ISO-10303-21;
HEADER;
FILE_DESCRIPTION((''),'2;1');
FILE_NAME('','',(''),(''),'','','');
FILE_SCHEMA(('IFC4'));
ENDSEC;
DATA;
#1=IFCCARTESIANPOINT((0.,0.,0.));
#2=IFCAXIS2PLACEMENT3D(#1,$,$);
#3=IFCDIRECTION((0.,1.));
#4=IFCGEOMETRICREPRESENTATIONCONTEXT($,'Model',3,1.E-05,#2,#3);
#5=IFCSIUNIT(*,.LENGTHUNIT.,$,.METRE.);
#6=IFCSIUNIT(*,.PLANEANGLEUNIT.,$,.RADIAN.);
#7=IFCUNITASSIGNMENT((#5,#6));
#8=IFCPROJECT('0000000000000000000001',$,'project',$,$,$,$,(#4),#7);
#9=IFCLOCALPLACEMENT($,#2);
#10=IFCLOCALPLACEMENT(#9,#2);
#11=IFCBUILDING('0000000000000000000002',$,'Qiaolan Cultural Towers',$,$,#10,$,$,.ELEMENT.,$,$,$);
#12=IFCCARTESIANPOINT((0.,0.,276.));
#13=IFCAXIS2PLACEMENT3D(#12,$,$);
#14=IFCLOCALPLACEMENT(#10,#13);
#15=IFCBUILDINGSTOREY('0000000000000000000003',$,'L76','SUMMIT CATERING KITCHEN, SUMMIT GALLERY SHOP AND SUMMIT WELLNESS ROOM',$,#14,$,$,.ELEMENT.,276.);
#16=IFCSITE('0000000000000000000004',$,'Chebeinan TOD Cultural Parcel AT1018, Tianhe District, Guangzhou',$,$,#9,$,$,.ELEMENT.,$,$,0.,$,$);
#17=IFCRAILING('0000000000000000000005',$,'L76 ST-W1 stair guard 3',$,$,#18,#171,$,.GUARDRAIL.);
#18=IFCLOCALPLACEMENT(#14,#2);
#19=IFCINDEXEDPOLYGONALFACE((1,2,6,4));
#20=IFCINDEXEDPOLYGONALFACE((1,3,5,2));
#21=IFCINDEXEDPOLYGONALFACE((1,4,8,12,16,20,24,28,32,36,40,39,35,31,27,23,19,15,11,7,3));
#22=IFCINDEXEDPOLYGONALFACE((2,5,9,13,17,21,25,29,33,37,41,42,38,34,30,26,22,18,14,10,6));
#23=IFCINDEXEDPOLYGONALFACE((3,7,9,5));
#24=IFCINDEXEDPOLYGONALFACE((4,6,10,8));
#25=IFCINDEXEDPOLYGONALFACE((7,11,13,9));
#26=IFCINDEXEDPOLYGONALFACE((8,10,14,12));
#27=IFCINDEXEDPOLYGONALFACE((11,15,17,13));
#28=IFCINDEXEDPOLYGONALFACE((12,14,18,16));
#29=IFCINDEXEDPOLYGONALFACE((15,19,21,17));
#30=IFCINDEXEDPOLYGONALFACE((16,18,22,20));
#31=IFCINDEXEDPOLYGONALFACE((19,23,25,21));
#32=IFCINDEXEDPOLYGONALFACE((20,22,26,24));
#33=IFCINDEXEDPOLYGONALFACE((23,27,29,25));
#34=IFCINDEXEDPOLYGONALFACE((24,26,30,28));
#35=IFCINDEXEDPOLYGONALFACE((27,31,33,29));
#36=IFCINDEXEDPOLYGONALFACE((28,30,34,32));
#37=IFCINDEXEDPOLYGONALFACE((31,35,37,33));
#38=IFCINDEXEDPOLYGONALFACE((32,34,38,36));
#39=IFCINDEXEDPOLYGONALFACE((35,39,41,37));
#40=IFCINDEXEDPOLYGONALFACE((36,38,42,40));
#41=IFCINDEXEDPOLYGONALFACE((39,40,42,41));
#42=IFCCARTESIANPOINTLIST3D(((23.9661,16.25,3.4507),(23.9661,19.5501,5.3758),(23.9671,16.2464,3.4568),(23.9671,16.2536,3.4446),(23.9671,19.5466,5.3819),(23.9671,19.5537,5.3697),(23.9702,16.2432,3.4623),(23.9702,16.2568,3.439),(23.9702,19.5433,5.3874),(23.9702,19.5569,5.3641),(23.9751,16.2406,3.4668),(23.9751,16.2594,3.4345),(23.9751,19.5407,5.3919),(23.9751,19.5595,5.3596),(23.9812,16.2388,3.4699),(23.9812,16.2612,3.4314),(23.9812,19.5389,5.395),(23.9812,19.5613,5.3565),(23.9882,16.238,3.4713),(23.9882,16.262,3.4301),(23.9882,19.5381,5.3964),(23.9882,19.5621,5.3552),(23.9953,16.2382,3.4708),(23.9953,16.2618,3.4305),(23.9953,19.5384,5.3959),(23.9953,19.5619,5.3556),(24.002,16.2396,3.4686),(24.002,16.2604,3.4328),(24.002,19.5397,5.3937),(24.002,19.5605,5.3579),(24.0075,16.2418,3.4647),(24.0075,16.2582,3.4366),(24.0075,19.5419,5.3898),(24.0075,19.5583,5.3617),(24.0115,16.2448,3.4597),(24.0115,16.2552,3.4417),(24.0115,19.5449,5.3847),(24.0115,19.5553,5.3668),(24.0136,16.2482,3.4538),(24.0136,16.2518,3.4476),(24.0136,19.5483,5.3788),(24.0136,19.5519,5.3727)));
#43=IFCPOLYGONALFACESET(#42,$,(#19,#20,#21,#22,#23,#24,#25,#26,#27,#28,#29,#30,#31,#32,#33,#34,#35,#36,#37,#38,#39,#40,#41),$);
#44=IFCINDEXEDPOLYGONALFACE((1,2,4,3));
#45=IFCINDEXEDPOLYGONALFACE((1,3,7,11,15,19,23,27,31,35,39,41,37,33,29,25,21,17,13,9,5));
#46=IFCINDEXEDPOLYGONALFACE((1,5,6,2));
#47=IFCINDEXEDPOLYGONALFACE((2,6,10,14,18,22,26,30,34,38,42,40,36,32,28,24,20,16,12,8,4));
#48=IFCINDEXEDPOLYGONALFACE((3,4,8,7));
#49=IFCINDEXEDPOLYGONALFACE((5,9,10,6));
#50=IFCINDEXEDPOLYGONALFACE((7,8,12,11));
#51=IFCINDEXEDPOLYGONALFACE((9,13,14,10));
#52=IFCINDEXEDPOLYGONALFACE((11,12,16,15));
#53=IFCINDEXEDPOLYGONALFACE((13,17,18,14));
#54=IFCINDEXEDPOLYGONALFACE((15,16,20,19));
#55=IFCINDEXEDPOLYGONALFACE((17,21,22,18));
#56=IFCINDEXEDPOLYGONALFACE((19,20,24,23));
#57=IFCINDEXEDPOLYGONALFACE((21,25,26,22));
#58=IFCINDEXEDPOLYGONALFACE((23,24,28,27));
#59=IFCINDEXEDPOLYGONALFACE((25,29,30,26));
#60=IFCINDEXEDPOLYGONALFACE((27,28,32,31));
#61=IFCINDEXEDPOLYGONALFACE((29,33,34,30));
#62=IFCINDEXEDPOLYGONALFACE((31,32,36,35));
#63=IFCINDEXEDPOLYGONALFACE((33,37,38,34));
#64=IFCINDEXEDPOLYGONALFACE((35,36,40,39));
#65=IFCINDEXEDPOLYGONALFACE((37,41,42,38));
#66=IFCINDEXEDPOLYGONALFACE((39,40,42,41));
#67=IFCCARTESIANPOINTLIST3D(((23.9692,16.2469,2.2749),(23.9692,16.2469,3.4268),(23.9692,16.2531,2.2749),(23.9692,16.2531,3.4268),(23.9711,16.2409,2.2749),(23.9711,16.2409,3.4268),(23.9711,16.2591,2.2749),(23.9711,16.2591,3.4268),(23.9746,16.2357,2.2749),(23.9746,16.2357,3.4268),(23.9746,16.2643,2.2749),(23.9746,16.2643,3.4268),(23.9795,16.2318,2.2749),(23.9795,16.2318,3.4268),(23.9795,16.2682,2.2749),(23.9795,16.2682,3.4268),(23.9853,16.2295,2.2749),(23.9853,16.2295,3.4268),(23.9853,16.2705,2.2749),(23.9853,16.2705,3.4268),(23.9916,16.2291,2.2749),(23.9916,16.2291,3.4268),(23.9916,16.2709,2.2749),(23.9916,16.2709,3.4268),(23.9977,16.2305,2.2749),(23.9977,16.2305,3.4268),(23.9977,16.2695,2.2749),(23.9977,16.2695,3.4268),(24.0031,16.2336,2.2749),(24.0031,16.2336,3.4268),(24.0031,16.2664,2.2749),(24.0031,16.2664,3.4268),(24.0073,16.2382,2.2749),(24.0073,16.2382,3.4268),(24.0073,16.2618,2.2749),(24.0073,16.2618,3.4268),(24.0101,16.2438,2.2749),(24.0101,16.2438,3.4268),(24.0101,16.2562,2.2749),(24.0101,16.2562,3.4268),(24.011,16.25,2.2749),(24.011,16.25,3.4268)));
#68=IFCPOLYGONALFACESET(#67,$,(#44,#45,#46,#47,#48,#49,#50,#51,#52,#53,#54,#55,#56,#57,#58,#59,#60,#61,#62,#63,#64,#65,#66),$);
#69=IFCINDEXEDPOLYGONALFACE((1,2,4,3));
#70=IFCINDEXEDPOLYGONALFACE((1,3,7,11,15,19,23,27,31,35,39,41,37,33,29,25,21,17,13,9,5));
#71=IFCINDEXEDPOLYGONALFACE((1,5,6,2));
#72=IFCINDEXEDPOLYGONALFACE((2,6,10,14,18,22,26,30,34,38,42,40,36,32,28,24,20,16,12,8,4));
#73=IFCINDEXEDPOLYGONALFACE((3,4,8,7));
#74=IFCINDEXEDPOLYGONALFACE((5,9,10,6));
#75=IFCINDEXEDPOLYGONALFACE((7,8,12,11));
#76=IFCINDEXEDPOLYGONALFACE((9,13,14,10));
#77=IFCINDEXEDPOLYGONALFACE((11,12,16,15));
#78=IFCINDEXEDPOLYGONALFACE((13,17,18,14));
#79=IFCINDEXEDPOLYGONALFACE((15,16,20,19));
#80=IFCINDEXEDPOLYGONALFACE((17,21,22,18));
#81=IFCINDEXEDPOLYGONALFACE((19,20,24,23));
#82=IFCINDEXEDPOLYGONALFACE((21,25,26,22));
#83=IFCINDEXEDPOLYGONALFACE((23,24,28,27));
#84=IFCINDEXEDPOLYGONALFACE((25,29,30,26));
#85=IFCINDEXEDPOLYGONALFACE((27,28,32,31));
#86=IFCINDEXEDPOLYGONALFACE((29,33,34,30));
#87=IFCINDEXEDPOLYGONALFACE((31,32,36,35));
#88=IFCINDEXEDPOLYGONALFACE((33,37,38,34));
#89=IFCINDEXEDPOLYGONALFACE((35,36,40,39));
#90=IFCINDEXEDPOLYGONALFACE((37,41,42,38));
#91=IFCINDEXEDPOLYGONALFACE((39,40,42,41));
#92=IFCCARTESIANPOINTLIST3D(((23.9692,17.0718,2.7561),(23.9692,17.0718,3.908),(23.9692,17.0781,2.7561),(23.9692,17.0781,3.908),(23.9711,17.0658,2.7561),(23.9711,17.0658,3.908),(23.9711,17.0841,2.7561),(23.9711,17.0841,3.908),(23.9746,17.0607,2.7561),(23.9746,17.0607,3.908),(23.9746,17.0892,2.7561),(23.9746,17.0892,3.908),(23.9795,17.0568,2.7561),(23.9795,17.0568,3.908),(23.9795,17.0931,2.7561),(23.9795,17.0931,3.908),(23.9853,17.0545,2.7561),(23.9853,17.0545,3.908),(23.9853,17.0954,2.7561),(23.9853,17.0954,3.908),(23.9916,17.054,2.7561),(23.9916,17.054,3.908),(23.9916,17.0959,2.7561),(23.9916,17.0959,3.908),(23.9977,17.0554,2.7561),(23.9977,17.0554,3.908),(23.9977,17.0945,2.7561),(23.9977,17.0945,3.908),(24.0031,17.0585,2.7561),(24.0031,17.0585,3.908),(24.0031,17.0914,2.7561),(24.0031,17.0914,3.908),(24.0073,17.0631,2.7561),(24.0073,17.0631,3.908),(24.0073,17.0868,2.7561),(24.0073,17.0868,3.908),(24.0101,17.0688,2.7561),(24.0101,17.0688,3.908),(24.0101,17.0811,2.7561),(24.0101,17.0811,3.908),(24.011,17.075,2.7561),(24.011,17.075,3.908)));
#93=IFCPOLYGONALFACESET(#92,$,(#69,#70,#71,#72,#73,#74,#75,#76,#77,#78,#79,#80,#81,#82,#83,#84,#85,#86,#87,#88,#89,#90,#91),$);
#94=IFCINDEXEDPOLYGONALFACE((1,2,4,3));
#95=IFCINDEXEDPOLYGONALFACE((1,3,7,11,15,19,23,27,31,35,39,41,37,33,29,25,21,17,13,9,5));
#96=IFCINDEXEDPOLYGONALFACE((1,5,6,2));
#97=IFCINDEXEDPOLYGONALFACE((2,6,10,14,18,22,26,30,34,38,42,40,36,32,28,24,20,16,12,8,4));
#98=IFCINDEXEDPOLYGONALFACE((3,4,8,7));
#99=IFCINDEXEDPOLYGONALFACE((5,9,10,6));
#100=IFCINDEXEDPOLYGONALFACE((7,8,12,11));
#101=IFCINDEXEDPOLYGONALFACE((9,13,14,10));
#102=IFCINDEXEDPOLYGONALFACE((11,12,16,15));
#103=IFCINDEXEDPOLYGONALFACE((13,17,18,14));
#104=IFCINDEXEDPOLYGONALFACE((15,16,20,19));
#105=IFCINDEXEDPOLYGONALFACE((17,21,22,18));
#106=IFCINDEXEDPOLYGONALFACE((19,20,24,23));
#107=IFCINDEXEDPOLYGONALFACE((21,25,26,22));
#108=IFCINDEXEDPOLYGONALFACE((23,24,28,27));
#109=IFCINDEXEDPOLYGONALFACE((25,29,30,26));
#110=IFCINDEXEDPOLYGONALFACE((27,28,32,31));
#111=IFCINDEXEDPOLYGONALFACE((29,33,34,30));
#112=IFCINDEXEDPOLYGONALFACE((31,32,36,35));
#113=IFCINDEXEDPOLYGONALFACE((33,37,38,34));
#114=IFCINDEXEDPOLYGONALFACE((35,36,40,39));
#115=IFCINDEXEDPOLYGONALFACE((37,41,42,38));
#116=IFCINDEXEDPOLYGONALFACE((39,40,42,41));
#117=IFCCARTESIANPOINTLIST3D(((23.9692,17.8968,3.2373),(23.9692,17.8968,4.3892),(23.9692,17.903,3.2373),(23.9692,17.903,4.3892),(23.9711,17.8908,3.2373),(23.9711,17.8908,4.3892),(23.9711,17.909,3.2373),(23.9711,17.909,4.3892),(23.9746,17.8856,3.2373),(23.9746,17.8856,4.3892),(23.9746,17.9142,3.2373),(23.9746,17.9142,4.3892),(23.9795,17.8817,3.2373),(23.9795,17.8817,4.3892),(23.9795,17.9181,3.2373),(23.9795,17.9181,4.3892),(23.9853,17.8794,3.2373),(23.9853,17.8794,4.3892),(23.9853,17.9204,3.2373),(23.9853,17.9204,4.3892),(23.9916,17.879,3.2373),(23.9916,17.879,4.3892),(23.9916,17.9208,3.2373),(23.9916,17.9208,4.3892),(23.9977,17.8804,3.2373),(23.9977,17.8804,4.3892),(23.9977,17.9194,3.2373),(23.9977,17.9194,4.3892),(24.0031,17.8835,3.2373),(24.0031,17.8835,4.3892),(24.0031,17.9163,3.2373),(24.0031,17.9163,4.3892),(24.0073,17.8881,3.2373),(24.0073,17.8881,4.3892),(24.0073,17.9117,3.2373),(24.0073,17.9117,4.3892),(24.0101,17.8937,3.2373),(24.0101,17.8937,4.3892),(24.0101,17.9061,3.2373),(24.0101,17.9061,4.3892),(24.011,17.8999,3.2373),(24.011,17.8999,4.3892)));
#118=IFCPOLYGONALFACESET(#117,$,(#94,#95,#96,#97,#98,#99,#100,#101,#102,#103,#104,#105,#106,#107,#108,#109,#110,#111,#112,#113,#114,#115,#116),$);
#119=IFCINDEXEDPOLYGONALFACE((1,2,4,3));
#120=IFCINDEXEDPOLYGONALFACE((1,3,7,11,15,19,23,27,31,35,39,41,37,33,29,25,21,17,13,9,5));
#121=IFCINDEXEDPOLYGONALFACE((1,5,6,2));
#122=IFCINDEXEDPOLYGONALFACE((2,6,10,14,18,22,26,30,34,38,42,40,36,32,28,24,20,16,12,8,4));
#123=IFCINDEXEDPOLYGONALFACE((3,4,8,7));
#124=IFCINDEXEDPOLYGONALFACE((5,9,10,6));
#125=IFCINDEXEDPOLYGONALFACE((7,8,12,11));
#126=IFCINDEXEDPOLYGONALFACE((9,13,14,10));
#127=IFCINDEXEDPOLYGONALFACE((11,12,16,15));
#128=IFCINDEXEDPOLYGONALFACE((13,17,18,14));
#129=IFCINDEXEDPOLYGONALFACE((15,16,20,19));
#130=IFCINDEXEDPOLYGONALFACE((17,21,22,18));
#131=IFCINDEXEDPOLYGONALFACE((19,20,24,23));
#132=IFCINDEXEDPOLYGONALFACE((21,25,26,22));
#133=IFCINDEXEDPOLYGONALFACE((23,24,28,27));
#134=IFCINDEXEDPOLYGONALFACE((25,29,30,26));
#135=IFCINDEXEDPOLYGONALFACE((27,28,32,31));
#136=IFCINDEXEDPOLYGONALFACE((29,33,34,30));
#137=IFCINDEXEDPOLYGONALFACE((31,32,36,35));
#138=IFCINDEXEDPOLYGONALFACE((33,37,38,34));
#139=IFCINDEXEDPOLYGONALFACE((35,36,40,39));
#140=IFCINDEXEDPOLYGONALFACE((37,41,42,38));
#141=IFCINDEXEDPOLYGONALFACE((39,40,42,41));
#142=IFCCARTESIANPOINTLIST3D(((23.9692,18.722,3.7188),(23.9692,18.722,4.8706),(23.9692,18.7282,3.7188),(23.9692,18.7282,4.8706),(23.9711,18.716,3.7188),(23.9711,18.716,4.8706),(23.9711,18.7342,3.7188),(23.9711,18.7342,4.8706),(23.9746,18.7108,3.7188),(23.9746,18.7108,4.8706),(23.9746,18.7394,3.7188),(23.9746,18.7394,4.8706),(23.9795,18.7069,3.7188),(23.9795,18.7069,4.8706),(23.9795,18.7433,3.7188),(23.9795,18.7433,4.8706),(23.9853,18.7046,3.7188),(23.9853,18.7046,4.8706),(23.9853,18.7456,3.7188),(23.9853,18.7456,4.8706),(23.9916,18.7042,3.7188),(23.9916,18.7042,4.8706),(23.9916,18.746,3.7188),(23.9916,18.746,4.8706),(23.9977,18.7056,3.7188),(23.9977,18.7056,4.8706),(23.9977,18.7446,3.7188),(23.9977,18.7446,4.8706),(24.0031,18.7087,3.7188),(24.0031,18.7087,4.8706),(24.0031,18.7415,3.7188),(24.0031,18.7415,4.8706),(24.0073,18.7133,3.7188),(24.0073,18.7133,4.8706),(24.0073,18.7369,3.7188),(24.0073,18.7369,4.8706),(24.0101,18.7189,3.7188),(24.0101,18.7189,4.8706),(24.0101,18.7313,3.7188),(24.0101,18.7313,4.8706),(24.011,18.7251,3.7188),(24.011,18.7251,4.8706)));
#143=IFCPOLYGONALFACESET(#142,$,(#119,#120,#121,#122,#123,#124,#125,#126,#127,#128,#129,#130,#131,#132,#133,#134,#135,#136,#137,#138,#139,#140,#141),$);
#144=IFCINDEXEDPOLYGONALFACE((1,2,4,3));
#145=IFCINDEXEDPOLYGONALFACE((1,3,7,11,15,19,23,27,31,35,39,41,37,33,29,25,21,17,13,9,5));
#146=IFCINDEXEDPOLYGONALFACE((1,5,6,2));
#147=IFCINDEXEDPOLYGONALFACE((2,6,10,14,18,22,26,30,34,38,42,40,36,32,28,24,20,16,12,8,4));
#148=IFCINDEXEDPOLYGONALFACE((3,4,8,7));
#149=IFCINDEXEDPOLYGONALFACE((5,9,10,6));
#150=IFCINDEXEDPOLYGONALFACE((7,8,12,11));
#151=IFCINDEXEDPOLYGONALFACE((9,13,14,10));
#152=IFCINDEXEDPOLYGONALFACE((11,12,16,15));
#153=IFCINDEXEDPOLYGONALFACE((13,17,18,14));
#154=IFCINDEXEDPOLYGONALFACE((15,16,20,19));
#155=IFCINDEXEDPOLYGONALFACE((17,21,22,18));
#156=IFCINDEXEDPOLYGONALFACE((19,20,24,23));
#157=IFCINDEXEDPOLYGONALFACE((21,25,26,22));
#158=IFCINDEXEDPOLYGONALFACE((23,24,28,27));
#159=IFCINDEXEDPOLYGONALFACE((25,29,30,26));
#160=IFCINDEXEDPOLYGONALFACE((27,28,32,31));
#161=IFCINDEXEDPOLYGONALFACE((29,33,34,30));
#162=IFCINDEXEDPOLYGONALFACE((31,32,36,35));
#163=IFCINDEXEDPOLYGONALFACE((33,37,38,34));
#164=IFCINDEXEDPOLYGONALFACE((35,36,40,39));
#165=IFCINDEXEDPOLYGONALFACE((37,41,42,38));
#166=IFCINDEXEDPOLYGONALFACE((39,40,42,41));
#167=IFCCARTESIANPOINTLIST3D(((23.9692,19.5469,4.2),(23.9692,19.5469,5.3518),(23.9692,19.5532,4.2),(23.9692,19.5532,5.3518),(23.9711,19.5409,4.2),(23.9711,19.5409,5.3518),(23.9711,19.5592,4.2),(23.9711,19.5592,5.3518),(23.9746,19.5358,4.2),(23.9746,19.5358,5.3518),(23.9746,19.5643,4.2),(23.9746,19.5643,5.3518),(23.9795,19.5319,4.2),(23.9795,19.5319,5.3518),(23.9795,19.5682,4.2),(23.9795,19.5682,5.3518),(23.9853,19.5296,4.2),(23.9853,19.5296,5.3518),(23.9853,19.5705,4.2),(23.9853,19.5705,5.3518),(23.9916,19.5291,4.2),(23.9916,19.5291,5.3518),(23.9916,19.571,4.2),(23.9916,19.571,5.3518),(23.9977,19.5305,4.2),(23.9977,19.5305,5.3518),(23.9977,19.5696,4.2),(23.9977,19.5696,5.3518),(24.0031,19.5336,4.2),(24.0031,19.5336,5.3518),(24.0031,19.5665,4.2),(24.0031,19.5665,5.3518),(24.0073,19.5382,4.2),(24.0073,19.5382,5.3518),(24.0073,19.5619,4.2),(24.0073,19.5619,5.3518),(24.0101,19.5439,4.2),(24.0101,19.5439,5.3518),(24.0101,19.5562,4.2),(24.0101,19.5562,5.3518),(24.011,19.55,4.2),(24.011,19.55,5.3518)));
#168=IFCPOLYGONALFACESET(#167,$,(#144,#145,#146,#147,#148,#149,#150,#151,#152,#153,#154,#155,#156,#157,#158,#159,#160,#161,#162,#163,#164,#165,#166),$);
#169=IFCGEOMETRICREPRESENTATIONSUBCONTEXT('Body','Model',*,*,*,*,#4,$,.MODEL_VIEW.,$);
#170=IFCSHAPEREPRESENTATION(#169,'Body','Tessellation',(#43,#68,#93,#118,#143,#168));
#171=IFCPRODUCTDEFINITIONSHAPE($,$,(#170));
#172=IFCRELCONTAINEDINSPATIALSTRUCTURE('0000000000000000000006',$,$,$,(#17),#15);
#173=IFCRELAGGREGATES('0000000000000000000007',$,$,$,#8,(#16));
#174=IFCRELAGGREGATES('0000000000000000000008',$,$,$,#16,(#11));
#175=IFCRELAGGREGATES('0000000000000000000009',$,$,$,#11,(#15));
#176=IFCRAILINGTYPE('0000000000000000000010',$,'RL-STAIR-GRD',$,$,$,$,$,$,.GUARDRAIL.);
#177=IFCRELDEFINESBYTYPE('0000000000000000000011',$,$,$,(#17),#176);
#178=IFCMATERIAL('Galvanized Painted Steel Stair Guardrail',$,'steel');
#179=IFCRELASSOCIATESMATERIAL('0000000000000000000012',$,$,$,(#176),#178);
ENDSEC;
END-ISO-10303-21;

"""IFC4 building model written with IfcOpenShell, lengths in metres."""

from ifc_helpers import new_model, si_unit, direction, frame, origin, origin_2d, place, context, subcontext, project, spatial, circle, extrude, material, type_object, element, save


model = new_model("IFC4")

# Units and contexts
model_context = context("Model", 3, precision=1e-05, world=origin(), true_north=direction((0.0, 1.0)))
body_context = subcontext(model_context, "Body", "Model", "MODEL_VIEW")
ifc_project = project(units=[si_unit("LENGTHUNIT", "METRE"), si_unit("PLANEANGLEUNIT", "RADIAN")], contexts=[model_context])

# Site, building, storey
site_placement = place(None, origin())
site = spatial("IfcSite", under=ifc_project, at=site_placement, Name="Chebeinan TOD Cultural Parcel AT1018, Tianhe District, Guangzhou", CompositionType="ELEMENT", RefElevation=0.0)
building_placement = place(site_placement, origin())
building = spatial("IfcBuilding", under=site, at=building_placement, Name="Qiaolan Cultural Towers", CompositionType="ELEMENT")
storey_placement = place(building_placement, frame((0.0, 0.0, 276.0)))
storey = spatial("IfcBuildingStorey", under=building, at=storey_placement, Name="L76", Description="SUMMIT CATERING KITCHEN, SUMMIT GALLERY SHOP AND SUMMIT WELLNESS ROOM", CompositionType="ELEMENT", Elevation=276.0)

# Railing
ifc_material_1 = material(Name="Galvanized Painted Steel Stair Guardrail", Category="steel")
railing_type = type_object("IfcRailingType", Name="RL-STAIR-GRD", PredefinedType="GUARDRAIL", material=ifc_material_1)
railing_1_placement = place(storey_placement, frame((23.99, 16.25, 2.2749)))
element("IfcRailing", 1, at=railing_1_placement, inside=storey, type_object=railing_type, Name="L76 ST-W1 stair guard 3", PredefinedType="GUARDRAIL", context=body_context, shape_type="SweptSolid", body=[
    extrude(circle(Radius=0.0239, at=origin_2d()), frame((0.0, 0.0, 1.1758), z_axis=(0.0, 0.863777, 0.503875), x_axis=(-1.0, 0.0, 0.0)), (0.0, 0.0, 1.0), 3.8206),
    extrude(circle(Radius=0.021, at=origin_2d()), origin(), (0.0, 0.0, 1.0), 1.1519),
    extrude(circle(Radius=0.021, at=origin_2d()), frame((0.0, 0.825, 0.4812)), (0.0, 0.0, 1.0), 1.1519),
    extrude(circle(Radius=0.021, at=origin_2d()), frame((0.0, 1.6499, 0.9624)), (0.0, 0.0, 1.0), 1.1519),
    extrude(circle(Radius=0.021, at=origin_2d()), frame((0.0, 2.4751, 1.4438)), (0.0, 0.0, 1.0), 1.1519),
    extrude(circle(Radius=0.021, at=origin_2d()), frame((0.0, 3.3, 1.925)), (0.0, 0.0, 1.0), 1.1519),
])

save(model, "model.ifc")
